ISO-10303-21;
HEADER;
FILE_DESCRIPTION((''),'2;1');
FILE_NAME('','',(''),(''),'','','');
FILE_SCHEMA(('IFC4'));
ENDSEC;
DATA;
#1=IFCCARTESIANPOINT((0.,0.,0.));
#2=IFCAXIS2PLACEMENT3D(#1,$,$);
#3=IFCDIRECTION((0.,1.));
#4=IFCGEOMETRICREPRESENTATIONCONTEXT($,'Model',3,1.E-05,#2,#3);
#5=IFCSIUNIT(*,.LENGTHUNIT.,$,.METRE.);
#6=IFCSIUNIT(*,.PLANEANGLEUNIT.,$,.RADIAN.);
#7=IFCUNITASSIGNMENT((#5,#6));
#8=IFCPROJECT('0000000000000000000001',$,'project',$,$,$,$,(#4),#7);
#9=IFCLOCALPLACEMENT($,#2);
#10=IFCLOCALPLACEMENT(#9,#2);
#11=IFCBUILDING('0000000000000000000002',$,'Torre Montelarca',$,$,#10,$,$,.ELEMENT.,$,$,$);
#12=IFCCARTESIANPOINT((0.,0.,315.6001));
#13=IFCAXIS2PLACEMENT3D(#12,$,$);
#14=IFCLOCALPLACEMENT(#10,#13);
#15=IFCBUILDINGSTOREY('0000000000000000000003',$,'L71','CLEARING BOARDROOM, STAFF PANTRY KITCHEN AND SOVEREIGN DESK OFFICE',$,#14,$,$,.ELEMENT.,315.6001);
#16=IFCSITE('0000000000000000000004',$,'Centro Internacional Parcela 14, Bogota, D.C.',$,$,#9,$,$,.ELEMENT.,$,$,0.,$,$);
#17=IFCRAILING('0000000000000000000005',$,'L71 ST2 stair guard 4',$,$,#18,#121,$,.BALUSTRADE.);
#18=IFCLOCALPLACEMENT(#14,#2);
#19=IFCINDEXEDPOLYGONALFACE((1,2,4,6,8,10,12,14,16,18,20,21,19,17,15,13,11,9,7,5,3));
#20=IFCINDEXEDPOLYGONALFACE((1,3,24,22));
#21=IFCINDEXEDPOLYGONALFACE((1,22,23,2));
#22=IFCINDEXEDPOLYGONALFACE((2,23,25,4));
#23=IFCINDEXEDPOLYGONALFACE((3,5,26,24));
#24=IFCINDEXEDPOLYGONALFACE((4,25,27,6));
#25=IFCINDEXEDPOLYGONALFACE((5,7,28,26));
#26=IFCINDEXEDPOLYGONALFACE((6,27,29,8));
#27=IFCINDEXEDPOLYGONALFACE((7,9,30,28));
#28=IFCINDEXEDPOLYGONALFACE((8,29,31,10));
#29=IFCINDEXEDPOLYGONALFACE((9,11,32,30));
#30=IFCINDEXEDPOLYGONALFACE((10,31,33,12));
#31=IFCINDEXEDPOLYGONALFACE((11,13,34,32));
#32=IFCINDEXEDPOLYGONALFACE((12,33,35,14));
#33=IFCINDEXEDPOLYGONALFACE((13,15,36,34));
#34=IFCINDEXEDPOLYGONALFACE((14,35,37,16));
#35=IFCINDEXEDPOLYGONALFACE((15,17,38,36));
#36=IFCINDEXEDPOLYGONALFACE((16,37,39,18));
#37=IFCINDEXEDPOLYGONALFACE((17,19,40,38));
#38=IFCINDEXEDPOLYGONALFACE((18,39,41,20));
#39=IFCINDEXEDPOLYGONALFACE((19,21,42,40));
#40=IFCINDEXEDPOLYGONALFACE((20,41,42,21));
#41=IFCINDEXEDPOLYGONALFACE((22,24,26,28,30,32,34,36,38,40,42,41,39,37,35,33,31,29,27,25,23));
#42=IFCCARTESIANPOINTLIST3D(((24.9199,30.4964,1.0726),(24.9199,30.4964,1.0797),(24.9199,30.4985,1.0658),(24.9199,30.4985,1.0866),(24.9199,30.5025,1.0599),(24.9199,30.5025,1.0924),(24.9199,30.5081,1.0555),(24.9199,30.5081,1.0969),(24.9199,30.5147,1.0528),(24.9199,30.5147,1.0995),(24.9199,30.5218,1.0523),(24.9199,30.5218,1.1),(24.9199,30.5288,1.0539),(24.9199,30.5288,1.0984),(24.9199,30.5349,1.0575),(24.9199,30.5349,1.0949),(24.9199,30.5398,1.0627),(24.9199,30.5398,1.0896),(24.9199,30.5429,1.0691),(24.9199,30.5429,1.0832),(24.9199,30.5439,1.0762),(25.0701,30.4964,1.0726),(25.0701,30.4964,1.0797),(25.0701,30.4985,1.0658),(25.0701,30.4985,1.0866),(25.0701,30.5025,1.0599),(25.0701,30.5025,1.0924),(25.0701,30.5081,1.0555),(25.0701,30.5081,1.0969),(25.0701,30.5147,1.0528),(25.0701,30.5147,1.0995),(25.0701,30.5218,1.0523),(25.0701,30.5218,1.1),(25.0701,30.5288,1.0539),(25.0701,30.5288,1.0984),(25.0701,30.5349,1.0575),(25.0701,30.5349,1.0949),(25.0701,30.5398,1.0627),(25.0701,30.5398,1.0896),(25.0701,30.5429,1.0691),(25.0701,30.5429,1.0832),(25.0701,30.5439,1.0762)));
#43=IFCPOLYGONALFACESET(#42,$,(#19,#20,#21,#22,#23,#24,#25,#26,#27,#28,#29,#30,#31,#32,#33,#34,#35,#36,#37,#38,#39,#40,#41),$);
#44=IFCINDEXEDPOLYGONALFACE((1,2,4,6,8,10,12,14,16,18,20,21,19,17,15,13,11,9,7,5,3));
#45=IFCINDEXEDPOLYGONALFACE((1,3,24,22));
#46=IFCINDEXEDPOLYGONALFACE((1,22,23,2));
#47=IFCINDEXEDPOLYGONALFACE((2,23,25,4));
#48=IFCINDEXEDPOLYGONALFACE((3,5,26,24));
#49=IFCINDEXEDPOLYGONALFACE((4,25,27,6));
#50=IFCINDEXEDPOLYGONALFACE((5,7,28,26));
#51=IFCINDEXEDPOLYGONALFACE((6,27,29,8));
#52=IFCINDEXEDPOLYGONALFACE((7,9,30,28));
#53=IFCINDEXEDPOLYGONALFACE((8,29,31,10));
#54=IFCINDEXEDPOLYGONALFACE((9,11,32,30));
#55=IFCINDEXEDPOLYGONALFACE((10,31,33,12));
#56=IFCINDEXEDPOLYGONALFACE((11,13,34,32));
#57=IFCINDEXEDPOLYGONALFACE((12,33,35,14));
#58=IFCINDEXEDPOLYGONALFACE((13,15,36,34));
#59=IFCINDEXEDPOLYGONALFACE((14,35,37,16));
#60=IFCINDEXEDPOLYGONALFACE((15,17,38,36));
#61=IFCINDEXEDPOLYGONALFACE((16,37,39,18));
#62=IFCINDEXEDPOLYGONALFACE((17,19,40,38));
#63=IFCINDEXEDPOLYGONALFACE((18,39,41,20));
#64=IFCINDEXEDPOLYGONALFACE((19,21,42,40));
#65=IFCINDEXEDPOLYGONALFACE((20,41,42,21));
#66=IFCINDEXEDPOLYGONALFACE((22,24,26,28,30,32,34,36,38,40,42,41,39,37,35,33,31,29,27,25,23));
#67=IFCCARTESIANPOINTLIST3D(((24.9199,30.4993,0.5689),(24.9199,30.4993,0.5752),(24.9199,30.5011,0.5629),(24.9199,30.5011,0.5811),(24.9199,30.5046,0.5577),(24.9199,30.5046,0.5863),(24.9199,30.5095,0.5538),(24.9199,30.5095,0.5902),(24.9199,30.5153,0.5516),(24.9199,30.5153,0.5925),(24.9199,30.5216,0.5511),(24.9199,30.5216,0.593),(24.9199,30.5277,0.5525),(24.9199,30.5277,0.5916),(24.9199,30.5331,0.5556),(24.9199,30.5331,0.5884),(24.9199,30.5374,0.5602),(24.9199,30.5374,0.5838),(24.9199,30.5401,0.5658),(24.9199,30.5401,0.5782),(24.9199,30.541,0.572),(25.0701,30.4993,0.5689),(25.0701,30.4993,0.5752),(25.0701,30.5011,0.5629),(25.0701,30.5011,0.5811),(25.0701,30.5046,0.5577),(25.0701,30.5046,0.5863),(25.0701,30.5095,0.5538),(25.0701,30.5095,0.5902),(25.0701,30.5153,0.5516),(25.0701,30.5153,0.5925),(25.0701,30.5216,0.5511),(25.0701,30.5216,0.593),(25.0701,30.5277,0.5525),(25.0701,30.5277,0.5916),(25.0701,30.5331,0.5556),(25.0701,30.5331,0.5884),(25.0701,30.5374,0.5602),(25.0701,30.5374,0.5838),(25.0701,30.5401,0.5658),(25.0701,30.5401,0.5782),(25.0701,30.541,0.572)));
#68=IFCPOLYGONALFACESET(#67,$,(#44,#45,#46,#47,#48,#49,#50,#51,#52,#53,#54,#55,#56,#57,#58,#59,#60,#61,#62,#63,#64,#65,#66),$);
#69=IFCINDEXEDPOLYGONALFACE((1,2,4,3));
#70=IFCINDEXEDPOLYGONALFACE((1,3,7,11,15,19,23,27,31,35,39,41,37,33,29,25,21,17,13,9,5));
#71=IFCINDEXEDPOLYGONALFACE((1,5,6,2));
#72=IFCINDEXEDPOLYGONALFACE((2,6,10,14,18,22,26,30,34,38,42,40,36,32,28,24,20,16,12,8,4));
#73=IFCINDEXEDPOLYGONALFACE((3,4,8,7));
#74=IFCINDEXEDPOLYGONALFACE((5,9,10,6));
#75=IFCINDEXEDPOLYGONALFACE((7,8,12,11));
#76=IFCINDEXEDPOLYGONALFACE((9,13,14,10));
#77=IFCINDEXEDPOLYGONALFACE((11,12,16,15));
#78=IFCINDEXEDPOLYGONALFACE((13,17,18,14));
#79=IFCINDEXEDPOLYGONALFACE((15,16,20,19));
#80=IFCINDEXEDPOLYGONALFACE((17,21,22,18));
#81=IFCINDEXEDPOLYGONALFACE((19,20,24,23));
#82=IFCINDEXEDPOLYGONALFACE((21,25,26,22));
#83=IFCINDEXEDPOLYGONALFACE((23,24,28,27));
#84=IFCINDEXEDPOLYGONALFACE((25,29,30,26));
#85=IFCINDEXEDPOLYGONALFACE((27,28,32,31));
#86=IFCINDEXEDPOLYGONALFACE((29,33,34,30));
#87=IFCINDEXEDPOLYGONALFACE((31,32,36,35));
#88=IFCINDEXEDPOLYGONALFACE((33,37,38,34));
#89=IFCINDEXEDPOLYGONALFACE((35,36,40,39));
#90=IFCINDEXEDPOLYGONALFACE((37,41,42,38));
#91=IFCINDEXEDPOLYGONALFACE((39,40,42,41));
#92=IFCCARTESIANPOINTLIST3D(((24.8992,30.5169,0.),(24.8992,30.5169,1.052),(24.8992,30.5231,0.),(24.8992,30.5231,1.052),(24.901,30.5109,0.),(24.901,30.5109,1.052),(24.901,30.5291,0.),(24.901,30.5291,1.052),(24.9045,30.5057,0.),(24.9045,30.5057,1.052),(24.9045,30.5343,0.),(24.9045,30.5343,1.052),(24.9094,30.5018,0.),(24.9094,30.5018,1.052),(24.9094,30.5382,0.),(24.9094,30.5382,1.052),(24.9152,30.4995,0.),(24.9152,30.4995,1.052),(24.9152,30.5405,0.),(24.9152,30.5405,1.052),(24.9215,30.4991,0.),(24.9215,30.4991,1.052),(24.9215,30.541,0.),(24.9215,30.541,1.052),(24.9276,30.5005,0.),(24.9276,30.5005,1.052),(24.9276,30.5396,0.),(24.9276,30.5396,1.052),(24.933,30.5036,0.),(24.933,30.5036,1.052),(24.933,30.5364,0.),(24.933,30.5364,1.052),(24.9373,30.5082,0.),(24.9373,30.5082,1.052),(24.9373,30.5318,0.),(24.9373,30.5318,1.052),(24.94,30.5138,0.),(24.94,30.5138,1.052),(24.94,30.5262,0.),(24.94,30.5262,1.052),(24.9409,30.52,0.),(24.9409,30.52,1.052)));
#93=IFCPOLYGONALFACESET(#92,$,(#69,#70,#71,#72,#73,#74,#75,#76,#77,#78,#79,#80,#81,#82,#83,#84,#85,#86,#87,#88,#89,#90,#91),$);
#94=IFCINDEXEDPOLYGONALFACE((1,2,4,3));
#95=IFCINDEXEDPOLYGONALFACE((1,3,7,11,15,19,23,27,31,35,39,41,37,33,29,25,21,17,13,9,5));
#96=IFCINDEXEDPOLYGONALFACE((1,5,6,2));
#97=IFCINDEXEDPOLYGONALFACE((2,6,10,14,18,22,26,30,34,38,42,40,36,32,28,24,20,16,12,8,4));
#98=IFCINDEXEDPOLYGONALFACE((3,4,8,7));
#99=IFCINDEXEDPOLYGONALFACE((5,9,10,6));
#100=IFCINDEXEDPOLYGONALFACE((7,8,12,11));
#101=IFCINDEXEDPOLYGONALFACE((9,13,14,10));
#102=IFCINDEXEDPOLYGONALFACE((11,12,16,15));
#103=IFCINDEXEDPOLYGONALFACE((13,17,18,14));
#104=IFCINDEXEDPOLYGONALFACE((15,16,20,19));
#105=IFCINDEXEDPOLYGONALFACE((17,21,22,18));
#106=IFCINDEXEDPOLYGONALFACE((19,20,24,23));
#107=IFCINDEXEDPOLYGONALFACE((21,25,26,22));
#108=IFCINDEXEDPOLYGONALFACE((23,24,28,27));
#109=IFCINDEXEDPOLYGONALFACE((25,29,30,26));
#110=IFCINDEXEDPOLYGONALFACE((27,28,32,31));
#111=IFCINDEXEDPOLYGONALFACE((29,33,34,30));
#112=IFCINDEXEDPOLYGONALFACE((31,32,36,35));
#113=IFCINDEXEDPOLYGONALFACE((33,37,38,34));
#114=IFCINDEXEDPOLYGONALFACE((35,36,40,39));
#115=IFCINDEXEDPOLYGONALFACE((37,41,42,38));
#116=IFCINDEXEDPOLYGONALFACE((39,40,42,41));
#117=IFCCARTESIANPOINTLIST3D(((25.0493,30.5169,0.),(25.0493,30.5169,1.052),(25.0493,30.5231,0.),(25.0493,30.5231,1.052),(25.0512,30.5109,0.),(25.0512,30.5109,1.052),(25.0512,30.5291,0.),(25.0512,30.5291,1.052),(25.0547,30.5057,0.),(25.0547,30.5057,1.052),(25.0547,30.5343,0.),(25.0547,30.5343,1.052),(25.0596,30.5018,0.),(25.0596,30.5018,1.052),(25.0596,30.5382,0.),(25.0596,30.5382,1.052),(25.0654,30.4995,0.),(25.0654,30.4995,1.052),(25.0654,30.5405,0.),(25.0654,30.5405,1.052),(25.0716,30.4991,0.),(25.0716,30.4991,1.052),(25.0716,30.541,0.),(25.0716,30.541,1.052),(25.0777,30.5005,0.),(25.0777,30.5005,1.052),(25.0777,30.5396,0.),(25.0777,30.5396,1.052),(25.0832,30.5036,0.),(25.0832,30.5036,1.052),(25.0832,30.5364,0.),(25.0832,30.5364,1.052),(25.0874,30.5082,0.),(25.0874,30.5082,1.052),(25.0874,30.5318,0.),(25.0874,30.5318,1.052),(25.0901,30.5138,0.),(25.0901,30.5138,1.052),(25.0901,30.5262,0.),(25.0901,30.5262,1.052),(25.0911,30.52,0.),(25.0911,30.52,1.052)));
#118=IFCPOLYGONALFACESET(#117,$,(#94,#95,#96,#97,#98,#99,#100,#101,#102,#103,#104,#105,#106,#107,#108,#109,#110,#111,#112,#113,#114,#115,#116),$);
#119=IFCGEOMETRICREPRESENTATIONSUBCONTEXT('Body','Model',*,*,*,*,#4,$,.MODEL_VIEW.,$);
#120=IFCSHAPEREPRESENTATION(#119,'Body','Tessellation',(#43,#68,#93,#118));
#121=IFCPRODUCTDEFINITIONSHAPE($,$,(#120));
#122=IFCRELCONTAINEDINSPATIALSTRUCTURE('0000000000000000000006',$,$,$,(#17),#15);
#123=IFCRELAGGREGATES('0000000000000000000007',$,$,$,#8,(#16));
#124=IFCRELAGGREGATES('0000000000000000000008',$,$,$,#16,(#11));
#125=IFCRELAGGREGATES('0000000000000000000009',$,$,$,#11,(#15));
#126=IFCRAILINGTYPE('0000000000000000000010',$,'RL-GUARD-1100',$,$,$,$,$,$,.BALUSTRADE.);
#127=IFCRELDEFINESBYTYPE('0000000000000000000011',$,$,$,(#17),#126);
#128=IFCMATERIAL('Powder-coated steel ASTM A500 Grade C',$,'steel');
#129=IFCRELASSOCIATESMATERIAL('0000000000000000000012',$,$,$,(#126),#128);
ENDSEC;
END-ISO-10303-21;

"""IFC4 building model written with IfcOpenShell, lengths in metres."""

from ifc_helpers import new_model, si_unit, direction, frame, origin, origin_2d, place, context, subcontext, project, spatial, circle, extrude, material, type_object, element, save


model = new_model("IFC4")

# Units and contexts
model_context = context("Model", 3, precision=1e-05, world=origin(), true_north=direction((0.0, 1.0)))
body_context = subcontext(model_context, "Body", "Model", "MODEL_VIEW")
ifc_project = project(units=[si_unit("LENGTHUNIT", "METRE"), si_unit("PLANEANGLEUNIT", "RADIAN")], contexts=[model_context])

# Site, building, storey
site_placement = place(None, origin())
site = spatial("IfcSite", under=ifc_project, at=site_placement, Name="Centro Internacional Parcela 14, Bogota, D.C.", CompositionType="ELEMENT", RefElevation=0.0)
building_placement = place(site_placement, origin())
building = spatial("IfcBuilding", under=site, at=building_placement, Name="Torre Montelarca", CompositionType="ELEMENT")
storey_placement = place(building_placement, frame((0.0, 0.0, 315.6001)))
storey = spatial("IfcBuildingStorey", under=building, at=storey_placement, Name="L71", Description="CLEARING BOARDROOM, STAFF PANTRY KITCHEN AND SOVEREIGN DESK OFFICE", CompositionType="ELEMENT", Elevation=315.6001)

# Railing
ifc_material_1 = material(Name="Powder-coated steel ASTM A500 Grade C", Category="steel")
railing_type_1 = type_object("IfcRailingType", Name="RL-GUARD-1100", PredefinedType="BALUSTRADE", material=ifc_material_1)
railing_1_placement = place(storey_placement, frame((24.9199, 30.52, 0.0)))
element("IfcRailing", 1, at=railing_1_placement, inside=storey, type_object=railing_type_1, Name="L71 ST2 stair guard 4", PredefinedType="BALUSTRADE", context=body_context, shape_type="SweptSolid", body=[
    extrude(circle(Radius=0.0239, at=origin_2d()), frame((0.0, 0.0, 1.0762), z_axis=(1.0, 0.0, 0.0), x_axis=(0.0, 1.0, 0.0)), (0.0, 0.0, 1.0), 0.1501),
    extrude(circle(Radius=0.021, at=origin_2d()), frame((0.0, 0.0, 0.572), z_axis=(1.0, 0.0, 0.0), x_axis=(0.0, 1.0, 0.0)), (0.0, 0.0, 1.0), 0.1501),
    extrude(circle(Radius=0.021, at=origin_2d()), origin(), (0.0, 0.0, 1.0), 1.052),
    extrude(circle(Radius=0.021, at=origin_2d()), frame((0.1501, 0.0, 0.0)), (0.0, 0.0, 1.0), 1.052),
])

save(model, "model.ifc")
